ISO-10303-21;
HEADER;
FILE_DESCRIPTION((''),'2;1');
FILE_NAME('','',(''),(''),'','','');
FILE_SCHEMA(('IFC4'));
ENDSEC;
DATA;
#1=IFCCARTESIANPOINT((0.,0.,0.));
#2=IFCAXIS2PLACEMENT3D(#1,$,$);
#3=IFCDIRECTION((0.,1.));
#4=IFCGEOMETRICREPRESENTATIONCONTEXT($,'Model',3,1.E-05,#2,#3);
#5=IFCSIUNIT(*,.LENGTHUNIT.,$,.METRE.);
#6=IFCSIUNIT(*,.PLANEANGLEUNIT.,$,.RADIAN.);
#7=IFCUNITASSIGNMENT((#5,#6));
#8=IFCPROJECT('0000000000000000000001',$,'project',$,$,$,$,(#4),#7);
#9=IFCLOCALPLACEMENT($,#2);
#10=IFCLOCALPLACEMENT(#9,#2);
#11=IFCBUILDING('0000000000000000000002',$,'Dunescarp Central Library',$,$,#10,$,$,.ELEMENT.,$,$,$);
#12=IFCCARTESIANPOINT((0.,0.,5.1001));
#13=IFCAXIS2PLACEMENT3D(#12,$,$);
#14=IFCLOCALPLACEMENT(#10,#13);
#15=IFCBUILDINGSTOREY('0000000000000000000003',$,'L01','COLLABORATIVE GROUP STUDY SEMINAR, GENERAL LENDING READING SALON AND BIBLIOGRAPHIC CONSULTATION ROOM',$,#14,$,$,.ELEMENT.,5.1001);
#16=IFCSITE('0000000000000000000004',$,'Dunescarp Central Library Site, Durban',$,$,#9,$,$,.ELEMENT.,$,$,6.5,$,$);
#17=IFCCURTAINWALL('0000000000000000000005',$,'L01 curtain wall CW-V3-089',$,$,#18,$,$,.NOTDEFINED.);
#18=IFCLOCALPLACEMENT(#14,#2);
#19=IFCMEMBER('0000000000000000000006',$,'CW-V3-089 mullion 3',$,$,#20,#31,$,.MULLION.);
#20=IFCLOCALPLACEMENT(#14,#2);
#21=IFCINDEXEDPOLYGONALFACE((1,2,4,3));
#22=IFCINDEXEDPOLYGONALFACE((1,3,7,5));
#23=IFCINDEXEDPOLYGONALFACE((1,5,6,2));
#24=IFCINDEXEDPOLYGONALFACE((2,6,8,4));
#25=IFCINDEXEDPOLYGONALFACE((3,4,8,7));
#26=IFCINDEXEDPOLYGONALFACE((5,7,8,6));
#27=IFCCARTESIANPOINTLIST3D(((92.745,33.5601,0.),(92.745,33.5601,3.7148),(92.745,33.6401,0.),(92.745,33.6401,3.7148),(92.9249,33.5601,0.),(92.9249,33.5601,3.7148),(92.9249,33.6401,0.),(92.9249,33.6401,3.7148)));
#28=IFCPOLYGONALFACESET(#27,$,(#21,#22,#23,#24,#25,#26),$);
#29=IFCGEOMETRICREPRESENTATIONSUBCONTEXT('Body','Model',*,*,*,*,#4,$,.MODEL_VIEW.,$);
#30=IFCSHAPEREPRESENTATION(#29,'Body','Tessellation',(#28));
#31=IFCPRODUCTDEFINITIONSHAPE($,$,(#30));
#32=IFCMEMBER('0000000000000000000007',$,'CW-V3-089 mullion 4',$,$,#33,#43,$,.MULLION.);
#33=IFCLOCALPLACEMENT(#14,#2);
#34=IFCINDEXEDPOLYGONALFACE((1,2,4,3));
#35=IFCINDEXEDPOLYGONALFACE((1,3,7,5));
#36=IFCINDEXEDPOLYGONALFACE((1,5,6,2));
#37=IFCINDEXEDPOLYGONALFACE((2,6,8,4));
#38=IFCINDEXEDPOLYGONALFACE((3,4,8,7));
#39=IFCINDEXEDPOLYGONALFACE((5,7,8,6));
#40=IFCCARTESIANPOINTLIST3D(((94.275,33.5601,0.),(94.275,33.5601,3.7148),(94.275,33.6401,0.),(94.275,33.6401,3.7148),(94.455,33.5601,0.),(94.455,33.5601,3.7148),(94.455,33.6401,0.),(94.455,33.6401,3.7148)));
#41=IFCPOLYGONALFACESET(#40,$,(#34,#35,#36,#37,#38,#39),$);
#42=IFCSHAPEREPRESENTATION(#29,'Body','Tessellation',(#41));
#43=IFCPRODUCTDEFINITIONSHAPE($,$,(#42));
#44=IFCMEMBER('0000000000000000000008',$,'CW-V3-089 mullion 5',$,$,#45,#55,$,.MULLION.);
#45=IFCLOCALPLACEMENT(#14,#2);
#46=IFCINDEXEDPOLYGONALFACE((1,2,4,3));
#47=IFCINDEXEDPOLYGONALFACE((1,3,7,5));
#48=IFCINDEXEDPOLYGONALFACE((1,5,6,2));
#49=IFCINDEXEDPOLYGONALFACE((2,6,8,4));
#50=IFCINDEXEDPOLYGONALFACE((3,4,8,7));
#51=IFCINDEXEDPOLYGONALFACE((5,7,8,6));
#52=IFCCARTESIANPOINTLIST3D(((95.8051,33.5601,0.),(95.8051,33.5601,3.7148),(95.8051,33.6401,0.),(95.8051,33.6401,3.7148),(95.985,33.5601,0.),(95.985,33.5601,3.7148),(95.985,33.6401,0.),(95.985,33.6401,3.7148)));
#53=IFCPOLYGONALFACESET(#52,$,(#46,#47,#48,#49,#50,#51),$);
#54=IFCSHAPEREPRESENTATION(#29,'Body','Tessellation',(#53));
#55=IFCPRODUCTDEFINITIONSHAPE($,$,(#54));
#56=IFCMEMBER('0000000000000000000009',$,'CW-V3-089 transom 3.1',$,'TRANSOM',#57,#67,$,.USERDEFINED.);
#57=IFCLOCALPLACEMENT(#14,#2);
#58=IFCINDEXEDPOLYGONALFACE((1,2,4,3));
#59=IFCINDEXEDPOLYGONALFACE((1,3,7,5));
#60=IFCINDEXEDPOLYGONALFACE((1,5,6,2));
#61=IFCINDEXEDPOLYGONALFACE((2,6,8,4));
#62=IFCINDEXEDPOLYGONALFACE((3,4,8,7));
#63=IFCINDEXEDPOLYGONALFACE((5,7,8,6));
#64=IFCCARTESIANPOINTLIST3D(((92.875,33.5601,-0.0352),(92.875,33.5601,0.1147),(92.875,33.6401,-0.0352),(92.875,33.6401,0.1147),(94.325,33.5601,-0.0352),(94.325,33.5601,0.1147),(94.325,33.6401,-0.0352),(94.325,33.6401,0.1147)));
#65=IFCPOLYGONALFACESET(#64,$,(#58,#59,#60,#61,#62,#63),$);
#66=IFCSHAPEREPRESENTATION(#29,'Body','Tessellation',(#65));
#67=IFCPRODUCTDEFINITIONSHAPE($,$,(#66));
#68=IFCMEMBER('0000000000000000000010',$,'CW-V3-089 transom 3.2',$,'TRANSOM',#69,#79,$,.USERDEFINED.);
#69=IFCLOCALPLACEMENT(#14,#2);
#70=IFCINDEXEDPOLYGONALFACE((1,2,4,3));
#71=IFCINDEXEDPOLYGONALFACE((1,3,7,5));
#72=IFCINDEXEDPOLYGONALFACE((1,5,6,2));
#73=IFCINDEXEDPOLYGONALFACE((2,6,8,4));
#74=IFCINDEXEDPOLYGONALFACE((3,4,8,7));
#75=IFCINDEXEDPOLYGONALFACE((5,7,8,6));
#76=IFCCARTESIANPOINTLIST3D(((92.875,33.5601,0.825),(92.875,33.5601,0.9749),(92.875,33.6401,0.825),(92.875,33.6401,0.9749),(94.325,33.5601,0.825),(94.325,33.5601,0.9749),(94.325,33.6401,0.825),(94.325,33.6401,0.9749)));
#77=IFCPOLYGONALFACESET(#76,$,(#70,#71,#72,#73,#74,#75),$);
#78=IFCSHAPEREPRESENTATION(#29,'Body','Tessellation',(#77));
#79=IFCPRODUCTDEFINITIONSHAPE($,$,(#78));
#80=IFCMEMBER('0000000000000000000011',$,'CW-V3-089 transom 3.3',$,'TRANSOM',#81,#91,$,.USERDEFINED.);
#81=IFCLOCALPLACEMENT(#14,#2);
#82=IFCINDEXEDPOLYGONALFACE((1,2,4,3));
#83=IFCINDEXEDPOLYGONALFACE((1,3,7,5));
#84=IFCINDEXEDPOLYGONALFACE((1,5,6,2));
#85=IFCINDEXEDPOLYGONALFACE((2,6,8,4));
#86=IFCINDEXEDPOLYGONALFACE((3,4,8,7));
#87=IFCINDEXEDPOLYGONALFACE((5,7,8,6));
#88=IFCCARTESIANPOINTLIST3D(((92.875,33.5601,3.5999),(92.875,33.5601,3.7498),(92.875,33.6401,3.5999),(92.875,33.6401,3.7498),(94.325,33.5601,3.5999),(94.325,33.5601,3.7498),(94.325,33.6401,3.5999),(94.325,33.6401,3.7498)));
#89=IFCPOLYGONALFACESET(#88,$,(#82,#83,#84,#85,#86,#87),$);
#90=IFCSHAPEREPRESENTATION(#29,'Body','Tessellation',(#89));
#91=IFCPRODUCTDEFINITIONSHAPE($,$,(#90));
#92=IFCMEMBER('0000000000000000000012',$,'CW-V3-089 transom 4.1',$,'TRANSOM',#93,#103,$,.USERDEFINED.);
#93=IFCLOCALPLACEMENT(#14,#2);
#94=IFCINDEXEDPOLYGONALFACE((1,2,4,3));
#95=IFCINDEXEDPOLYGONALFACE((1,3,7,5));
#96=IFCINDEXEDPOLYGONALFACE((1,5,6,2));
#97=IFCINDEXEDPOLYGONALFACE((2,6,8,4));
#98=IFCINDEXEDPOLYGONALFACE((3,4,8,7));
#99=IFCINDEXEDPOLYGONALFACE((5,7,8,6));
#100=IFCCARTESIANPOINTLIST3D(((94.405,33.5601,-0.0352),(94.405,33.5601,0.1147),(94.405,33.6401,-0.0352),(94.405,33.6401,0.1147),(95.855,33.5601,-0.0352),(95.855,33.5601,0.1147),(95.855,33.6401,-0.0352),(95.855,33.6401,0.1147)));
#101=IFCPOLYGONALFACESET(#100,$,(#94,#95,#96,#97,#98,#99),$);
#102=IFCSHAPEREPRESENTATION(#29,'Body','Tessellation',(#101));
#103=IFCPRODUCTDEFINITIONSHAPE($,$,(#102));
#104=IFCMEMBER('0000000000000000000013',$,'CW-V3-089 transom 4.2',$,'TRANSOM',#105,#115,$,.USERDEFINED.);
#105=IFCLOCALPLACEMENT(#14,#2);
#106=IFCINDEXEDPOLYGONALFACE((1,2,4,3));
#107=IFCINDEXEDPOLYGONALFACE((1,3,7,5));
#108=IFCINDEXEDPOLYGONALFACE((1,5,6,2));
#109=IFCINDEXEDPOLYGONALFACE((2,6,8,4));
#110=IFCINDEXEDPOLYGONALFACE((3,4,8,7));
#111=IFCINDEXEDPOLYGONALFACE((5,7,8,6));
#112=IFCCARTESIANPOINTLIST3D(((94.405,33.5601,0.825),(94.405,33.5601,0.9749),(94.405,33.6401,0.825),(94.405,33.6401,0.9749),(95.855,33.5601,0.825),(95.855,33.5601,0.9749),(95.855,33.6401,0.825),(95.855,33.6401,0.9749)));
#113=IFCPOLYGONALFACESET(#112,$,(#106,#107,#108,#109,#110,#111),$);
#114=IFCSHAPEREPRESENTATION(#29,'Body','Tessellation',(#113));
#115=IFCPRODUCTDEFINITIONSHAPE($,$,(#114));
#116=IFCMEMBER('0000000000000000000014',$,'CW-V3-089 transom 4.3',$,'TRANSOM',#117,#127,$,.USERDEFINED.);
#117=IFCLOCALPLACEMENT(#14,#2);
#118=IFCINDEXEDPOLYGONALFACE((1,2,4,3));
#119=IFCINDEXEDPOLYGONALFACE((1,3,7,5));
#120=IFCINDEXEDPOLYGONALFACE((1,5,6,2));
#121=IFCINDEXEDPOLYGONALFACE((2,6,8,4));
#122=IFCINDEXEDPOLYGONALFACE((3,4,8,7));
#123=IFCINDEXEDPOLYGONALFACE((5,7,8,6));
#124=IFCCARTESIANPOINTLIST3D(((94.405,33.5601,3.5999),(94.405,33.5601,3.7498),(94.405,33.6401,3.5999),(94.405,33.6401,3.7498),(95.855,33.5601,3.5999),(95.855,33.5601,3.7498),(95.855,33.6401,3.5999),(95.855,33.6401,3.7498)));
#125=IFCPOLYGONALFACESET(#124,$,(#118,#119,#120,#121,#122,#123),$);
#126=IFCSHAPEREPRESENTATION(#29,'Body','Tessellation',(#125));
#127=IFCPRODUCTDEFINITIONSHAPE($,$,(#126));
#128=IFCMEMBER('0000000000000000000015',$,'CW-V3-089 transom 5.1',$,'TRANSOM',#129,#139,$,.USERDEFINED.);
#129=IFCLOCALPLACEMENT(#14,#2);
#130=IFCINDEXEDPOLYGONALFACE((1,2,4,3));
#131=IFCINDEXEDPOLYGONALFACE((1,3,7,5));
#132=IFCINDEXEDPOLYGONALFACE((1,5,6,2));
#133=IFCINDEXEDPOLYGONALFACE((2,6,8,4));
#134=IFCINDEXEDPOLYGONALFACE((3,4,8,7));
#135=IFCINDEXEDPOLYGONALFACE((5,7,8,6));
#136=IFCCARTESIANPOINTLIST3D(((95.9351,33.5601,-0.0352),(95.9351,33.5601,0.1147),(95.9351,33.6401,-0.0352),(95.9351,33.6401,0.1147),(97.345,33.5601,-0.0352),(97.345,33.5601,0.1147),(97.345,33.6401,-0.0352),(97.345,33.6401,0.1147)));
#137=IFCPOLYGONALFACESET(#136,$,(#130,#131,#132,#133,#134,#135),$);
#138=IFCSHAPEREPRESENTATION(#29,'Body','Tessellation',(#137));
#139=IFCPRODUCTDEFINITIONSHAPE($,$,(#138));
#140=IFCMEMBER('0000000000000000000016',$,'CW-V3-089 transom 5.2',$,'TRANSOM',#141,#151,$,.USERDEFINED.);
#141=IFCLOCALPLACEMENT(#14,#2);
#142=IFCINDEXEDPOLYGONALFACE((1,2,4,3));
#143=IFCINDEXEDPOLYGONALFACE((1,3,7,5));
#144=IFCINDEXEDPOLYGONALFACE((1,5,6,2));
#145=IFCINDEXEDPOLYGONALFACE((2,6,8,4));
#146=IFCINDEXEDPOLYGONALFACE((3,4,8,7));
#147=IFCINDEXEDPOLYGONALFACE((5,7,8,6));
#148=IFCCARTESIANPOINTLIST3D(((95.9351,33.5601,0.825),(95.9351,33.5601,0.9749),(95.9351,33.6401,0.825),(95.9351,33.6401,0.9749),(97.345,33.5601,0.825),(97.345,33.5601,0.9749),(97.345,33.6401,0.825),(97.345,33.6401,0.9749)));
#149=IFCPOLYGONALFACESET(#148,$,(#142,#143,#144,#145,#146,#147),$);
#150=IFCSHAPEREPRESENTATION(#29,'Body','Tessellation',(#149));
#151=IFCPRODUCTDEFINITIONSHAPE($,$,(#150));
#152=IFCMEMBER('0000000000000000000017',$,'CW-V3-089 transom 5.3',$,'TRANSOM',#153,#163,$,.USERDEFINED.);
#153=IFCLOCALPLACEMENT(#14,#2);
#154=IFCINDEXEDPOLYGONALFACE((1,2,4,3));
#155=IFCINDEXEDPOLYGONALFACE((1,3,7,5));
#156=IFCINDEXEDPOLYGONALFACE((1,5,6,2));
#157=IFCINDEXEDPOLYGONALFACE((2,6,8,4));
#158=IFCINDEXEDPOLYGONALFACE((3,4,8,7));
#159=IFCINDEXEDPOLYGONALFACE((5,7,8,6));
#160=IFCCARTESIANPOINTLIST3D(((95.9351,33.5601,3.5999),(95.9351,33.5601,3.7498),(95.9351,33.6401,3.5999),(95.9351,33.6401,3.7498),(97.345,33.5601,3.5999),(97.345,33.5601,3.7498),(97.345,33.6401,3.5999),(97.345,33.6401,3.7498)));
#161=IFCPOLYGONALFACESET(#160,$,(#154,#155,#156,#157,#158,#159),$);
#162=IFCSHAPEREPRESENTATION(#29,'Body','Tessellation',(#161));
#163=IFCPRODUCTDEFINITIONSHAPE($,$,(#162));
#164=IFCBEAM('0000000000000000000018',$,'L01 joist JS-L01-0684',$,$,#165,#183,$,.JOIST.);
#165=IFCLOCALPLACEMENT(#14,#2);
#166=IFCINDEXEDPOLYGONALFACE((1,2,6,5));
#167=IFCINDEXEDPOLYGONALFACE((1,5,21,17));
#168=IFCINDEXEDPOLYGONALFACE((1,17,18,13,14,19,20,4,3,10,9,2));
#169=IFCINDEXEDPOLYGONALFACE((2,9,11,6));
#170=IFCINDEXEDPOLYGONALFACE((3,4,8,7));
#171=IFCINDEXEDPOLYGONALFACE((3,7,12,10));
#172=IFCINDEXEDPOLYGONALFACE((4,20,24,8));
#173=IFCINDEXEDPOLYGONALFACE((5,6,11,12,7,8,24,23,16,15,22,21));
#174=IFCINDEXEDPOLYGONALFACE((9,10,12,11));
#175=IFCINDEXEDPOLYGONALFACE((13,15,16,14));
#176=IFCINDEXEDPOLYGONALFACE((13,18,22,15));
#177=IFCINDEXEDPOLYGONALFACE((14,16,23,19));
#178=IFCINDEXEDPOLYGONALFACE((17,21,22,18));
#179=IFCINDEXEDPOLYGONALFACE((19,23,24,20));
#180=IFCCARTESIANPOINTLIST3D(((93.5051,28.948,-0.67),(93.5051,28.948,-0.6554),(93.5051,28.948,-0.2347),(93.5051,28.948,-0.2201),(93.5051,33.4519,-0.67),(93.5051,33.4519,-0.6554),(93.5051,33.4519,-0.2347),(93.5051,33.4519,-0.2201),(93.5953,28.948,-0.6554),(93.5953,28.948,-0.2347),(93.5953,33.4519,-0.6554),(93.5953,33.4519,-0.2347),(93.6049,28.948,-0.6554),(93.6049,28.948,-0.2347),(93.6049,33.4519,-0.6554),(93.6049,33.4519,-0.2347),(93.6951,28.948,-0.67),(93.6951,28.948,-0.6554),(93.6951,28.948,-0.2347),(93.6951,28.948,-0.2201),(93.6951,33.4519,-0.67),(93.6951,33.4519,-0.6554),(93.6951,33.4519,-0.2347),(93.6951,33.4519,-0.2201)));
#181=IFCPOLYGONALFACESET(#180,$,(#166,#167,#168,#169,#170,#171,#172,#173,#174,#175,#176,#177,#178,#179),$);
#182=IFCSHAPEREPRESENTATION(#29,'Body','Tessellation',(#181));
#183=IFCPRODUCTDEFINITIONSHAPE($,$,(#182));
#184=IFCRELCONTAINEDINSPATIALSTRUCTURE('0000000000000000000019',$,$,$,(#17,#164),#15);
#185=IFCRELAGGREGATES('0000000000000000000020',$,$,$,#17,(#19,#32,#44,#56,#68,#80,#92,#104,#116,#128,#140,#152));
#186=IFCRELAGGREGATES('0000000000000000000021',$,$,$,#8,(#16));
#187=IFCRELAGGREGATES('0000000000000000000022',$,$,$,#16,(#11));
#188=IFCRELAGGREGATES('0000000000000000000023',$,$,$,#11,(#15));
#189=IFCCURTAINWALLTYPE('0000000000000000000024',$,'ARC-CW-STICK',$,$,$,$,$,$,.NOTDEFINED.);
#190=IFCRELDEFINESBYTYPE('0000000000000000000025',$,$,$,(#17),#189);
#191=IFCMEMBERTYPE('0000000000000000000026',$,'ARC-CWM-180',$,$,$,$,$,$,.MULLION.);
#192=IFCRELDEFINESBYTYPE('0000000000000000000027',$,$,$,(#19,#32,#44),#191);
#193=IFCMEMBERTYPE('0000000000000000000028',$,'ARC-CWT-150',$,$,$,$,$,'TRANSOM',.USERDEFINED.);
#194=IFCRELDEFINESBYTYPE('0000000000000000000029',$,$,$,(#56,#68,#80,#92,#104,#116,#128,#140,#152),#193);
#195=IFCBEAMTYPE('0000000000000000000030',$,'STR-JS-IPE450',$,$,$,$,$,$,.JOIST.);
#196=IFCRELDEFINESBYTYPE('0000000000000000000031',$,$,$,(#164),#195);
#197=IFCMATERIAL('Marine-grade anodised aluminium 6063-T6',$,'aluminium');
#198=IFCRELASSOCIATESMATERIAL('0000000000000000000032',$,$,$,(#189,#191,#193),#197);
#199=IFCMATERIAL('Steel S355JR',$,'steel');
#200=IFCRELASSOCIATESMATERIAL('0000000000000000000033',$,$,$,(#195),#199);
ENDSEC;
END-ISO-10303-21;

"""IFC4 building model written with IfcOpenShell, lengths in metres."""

from ifc_helpers import new_model, si_unit, direction, frame, origin, origin_2d, place, context, subcontext, project, spatial, rectangle, i_section, extrude, material, material_profile, profile_set, type_object, element, aggregate, save


model = new_model("IFC4")

# Units and contexts
model_context = context("Model", 3, precision=1e-05, world=origin(), true_north=direction((0.0, 1.0)))
body_context = subcontext(model_context, "Body", "Model", "MODEL_VIEW")
ifc_project = project(units=[si_unit("LENGTHUNIT", "METRE"), si_unit("PLANEANGLEUNIT", "RADIAN")], contexts=[model_context])

# Site, building, storey
site_placement = place(None, origin())
site = spatial("IfcSite", under=ifc_project, at=site_placement, Name="Dunescarp Central Library Site, Durban", CompositionType="ELEMENT", RefElevation=6.5)
building_placement = place(site_placement, origin())
building = spatial("IfcBuilding", under=site, at=building_placement, Name="Dunescarp Central Library", CompositionType="ELEMENT")
storey_placement = place(building_placement, frame((0.0, 0.0, 5.1001)))
storey = spatial("IfcBuildingStorey", under=building, at=storey_placement, Name="L01", Description="COLLABORATIVE GROUP STUDY SEMINAR, GENERAL LENDING READING SALON AND BIBLIOGRAPHIC CONSULTATION ROOM", CompositionType="ELEMENT", Elevation=5.1001)

# Curtain wall, members
ifc_material_1 = material(Name="Marine-grade anodised aluminium 6063-T6", Category="aluminium")
curtain_wall_type = type_object("IfcCurtainWallType", Name="ARC-CW-STICK", PredefinedType="NOTDEFINED", material=ifc_material_1)
curtain_wall_placement = place(storey_placement, origin())
curtain_wall = element("IfcCurtainWall", 1, at=curtain_wall_placement, inside=storey, type_object=curtain_wall_type, Name="L01 curtain wall CW-V3-089", PredefinedType="NOTDEFINED")
ifc_material_profile_1 = material_profile(ifc_material_1, rectangle(XDim=0.0801, YDim=0.1799, at=origin_2d()), Name="AL 80x180")
ifc_profile_set_1 = profile_set([ifc_material_profile_1], Name="Marine-grade anodised aluminium 6063-T6")
member_type_1 = type_object("IfcMemberType", Name="ARC-CWM-180", PredefinedType="MULLION", material=ifc_profile_set_1)
member_1_placement = place(storey_placement, frame((92.835, 33.6001, 0.0), z_axis=(0.0, 0.0, 1.0), x_axis=(0.0, 1.0, 0.0)))
member_1 = element("IfcMember", 2, at=member_1_placement, type_object=member_type_1, Name="CW-V3-089 mullion 3", PredefinedType="MULLION", context=body_context, shape_type="SweptSolid", body=[
    extrude(rectangle(XDim=0.0801, YDim=0.1799, at=origin_2d()), origin(), (0.0, 0.0, 1.0), 3.7148),
])
member_2_placement = place(storey_placement, frame((94.365, 33.6001, 0.0), z_axis=(0.0, 0.0, 1.0), x_axis=(0.0, 1.0, 0.0)))
member_2 = element("IfcMember", 3, at=member_2_placement, type_object=member_type_1, Name="CW-V3-089 mullion 4", PredefinedType="MULLION", context=body_context, shape_type="SweptSolid", body=[
    extrude(rectangle(XDim=0.0801, YDim=0.1799, at=origin_2d()), origin(), (0.0, 0.0, 1.0), 3.7148),
])
member_3_placement = place(storey_placement, frame((95.895, 33.6001, 0.0), z_axis=(0.0, 0.0, 1.0), x_axis=(0.0, 1.0, 0.0)))
member_3 = element("IfcMember", 4, at=member_3_placement, type_object=member_type_1, Name="CW-V3-089 mullion 5", PredefinedType="MULLION", context=body_context, shape_type="SweptSolid", body=[
    extrude(rectangle(XDim=0.0801, YDim=0.1799, at=origin_2d()), origin(), (0.0, 0.0, 1.0), 3.7148),
])
ifc_material_profile_2 = material_profile(ifc_material_1, rectangle(XDim=0.0801, YDim=0.1499, at=origin_2d()), Name="AL 80x150")
ifc_profile_set_2 = profile_set([ifc_material_profile_2], Name="Marine-grade anodised aluminium 6063-T6")
member_type_2 = type_object("IfcMemberType", Name="ARC-CWT-150", ElementType="TRANSOM", PredefinedType="USERDEFINED", material=ifc_profile_set_2)
member_4_placement = place(storey_placement, frame((92.875, 33.6001, 0.0398), z_axis=(1.0, 0.0, 0.0), x_axis=(0.0, 1.0, 0.0)))
member_4 = element("IfcMember", 5, at=member_4_placement, type_object=member_type_2, Name="CW-V3-089 transom 3.1", ObjectType="TRANSOM", PredefinedType="USERDEFINED", context=body_context, shape_type="SweptSolid", body=[
    extrude(rectangle(XDim=0.0801, YDim=0.1499, at=origin_2d()), origin(), (0.0, 0.0, 1.0), 1.45),
])
member_5_placement = place(storey_placement, frame((92.875, 33.6001, 0.8999), z_axis=(1.0, 0.0, 0.0), x_axis=(0.0, 1.0, 0.0)))
member_5 = element("IfcMember", 6, at=member_5_placement, type_object=member_type_2, Name="CW-V3-089 transom 3.2", ObjectType="TRANSOM", PredefinedType="USERDEFINED", context=body_context, shape_type="SweptSolid", body=[
    extrude(rectangle(XDim=0.0801, YDim=0.1499, at=origin_2d()), origin(), (0.0, 0.0, 1.0), 1.45),
])
member_6_placement = place(storey_placement, frame((92.875, 33.6001, 3.6748), z_axis=(1.0, 0.0, 0.0), x_axis=(0.0, 1.0, 0.0)))
member_6 = element("IfcMember", 7, at=member_6_placement, type_object=member_type_2, Name="CW-V3-089 transom 3.3", ObjectType="TRANSOM", PredefinedType="USERDEFINED", context=body_context, shape_type="SweptSolid", body=[
    extrude(rectangle(XDim=0.0801, YDim=0.1499, at=origin_2d()), origin(), (0.0, 0.0, 1.0), 1.45),
])
member_7_placement = place(storey_placement, frame((94.405, 33.6001, 0.0398), z_axis=(1.0, 0.0, 0.0), x_axis=(0.0, 1.0, 0.0)))
member_7 = element("IfcMember", 8, at=member_7_placement, type_object=member_type_2, Name="CW-V3-089 transom 4.1", ObjectType="TRANSOM", PredefinedType="USERDEFINED", context=body_context, shape_type="SweptSolid", body=[
    extrude(rectangle(XDim=0.0801, YDim=0.1499, at=origin_2d()), origin(), (0.0, 0.0, 1.0), 1.45),
])
member_8_placement = place(storey_placement, frame((94.405, 33.6001, 0.8999), z_axis=(1.0, 0.0, 0.0), x_axis=(0.0, 1.0, 0.0)))
member_8 = element("IfcMember", 9, at=member_8_placement, type_object=member_type_2, Name="CW-V3-089 transom 4.2", ObjectType="TRANSOM", PredefinedType="USERDEFINED", context=body_context, shape_type="SweptSolid", body=[
    extrude(rectangle(XDim=0.0801, YDim=0.1499, at=origin_2d()), origin(), (0.0, 0.0, 1.0), 1.45),
])
member_9_placement = place(storey_placement, frame((94.405, 33.6001, 3.6748), z_axis=(1.0, 0.0, 0.0), x_axis=(0.0, 1.0, 0.0)))
member_9 = element("IfcMember", 10, at=member_9_placement, type_object=member_type_2, Name="CW-V3-089 transom 4.3", ObjectType="TRANSOM", PredefinedType="USERDEFINED", context=body_context, shape_type="SweptSolid", body=[
    extrude(rectangle(XDim=0.0801, YDim=0.1499, at=origin_2d()), origin(), (0.0, 0.0, 1.0), 1.45),
])
member_10_placement = place(storey_placement, frame((95.9351, 33.6001, 0.0398), z_axis=(1.0, 0.0, 0.0), x_axis=(0.0, 1.0, 0.0)))
member_10 = element("IfcMember", 11, at=member_10_placement, type_object=member_type_2, Name="CW-V3-089 transom 5.1", ObjectType="TRANSOM", PredefinedType="USERDEFINED", context=body_context, shape_type="SweptSolid", body=[
    extrude(rectangle(XDim=0.0801, YDim=0.1499, at=origin_2d()), origin(), (0.0, 0.0, 1.0), 1.4099),
])
member_11_placement = place(storey_placement, frame((95.9351, 33.6001, 0.8999), z_axis=(1.0, 0.0, 0.0), x_axis=(0.0, 1.0, 0.0)))
member_11 = element("IfcMember", 12, at=member_11_placement, type_object=member_type_2, Name="CW-V3-089 transom 5.2", ObjectType="TRANSOM", PredefinedType="USERDEFINED", context=body_context, shape_type="SweptSolid", body=[
    extrude(rectangle(XDim=0.0801, YDim=0.1499, at=origin_2d()), origin(), (0.0, 0.0, 1.0), 1.4099),
])
member_12_placement = place(storey_placement, frame((95.9351, 33.6001, 3.6748), z_axis=(1.0, 0.0, 0.0), x_axis=(0.0, 1.0, 0.0)))
member_12 = element("IfcMember", 13, at=member_12_placement, type_object=member_type_2, Name="CW-V3-089 transom 5.3", ObjectType="TRANSOM", PredefinedType="USERDEFINED", context=body_context, shape_type="SweptSolid", body=[
    extrude(rectangle(XDim=0.0801, YDim=0.1499, at=origin_2d()), origin(), (0.0, 0.0, 1.0), 1.4099),
])

# Beam
ifc_material_2 = material(Name="Steel S355JR", Category="steel")
ifc_material_profile_3 = material_profile(ifc_material_2, i_section(OverallWidth=0.1899, OverallDepth=0.45, WebThickness=0.0095, FlangeThickness=0.0146, at=origin_2d()), Name="IPE 450")
ifc_profile_set_3 = profile_set([ifc_material_profile_3], Name="Steel S355JR")
beam_type = type_object("IfcBeamType", Name="STR-JS-IPE450", PredefinedType="JOIST", material=ifc_profile_set_3)
beam_placement = place(storey_placement, frame((93.6001, 28.948, -0.4451), z_axis=(0.0, 1.0, 0.0), x_axis=(-1.0, 0.0, 0.0)))
element("IfcBeam", 14, at=beam_placement, inside=storey, type_object=beam_type, Name="L01 joist JS-L01-0684", PredefinedType="JOIST", context=body_context, shape_type="SweptSolid", body=[
    extrude(i_section(OverallWidth=0.1899, OverallDepth=0.45, WebThickness=0.0095, FlangeThickness=0.0146, at=origin_2d()), origin(), (0.0, 0.0, 1.0), 4.5039),
])

aggregate(curtain_wall, [member_1, member_2, member_3, member_4, member_5, member_6, member_7, member_8, member_9, member_10, member_11, member_12])

save(model, "model.ifc")
